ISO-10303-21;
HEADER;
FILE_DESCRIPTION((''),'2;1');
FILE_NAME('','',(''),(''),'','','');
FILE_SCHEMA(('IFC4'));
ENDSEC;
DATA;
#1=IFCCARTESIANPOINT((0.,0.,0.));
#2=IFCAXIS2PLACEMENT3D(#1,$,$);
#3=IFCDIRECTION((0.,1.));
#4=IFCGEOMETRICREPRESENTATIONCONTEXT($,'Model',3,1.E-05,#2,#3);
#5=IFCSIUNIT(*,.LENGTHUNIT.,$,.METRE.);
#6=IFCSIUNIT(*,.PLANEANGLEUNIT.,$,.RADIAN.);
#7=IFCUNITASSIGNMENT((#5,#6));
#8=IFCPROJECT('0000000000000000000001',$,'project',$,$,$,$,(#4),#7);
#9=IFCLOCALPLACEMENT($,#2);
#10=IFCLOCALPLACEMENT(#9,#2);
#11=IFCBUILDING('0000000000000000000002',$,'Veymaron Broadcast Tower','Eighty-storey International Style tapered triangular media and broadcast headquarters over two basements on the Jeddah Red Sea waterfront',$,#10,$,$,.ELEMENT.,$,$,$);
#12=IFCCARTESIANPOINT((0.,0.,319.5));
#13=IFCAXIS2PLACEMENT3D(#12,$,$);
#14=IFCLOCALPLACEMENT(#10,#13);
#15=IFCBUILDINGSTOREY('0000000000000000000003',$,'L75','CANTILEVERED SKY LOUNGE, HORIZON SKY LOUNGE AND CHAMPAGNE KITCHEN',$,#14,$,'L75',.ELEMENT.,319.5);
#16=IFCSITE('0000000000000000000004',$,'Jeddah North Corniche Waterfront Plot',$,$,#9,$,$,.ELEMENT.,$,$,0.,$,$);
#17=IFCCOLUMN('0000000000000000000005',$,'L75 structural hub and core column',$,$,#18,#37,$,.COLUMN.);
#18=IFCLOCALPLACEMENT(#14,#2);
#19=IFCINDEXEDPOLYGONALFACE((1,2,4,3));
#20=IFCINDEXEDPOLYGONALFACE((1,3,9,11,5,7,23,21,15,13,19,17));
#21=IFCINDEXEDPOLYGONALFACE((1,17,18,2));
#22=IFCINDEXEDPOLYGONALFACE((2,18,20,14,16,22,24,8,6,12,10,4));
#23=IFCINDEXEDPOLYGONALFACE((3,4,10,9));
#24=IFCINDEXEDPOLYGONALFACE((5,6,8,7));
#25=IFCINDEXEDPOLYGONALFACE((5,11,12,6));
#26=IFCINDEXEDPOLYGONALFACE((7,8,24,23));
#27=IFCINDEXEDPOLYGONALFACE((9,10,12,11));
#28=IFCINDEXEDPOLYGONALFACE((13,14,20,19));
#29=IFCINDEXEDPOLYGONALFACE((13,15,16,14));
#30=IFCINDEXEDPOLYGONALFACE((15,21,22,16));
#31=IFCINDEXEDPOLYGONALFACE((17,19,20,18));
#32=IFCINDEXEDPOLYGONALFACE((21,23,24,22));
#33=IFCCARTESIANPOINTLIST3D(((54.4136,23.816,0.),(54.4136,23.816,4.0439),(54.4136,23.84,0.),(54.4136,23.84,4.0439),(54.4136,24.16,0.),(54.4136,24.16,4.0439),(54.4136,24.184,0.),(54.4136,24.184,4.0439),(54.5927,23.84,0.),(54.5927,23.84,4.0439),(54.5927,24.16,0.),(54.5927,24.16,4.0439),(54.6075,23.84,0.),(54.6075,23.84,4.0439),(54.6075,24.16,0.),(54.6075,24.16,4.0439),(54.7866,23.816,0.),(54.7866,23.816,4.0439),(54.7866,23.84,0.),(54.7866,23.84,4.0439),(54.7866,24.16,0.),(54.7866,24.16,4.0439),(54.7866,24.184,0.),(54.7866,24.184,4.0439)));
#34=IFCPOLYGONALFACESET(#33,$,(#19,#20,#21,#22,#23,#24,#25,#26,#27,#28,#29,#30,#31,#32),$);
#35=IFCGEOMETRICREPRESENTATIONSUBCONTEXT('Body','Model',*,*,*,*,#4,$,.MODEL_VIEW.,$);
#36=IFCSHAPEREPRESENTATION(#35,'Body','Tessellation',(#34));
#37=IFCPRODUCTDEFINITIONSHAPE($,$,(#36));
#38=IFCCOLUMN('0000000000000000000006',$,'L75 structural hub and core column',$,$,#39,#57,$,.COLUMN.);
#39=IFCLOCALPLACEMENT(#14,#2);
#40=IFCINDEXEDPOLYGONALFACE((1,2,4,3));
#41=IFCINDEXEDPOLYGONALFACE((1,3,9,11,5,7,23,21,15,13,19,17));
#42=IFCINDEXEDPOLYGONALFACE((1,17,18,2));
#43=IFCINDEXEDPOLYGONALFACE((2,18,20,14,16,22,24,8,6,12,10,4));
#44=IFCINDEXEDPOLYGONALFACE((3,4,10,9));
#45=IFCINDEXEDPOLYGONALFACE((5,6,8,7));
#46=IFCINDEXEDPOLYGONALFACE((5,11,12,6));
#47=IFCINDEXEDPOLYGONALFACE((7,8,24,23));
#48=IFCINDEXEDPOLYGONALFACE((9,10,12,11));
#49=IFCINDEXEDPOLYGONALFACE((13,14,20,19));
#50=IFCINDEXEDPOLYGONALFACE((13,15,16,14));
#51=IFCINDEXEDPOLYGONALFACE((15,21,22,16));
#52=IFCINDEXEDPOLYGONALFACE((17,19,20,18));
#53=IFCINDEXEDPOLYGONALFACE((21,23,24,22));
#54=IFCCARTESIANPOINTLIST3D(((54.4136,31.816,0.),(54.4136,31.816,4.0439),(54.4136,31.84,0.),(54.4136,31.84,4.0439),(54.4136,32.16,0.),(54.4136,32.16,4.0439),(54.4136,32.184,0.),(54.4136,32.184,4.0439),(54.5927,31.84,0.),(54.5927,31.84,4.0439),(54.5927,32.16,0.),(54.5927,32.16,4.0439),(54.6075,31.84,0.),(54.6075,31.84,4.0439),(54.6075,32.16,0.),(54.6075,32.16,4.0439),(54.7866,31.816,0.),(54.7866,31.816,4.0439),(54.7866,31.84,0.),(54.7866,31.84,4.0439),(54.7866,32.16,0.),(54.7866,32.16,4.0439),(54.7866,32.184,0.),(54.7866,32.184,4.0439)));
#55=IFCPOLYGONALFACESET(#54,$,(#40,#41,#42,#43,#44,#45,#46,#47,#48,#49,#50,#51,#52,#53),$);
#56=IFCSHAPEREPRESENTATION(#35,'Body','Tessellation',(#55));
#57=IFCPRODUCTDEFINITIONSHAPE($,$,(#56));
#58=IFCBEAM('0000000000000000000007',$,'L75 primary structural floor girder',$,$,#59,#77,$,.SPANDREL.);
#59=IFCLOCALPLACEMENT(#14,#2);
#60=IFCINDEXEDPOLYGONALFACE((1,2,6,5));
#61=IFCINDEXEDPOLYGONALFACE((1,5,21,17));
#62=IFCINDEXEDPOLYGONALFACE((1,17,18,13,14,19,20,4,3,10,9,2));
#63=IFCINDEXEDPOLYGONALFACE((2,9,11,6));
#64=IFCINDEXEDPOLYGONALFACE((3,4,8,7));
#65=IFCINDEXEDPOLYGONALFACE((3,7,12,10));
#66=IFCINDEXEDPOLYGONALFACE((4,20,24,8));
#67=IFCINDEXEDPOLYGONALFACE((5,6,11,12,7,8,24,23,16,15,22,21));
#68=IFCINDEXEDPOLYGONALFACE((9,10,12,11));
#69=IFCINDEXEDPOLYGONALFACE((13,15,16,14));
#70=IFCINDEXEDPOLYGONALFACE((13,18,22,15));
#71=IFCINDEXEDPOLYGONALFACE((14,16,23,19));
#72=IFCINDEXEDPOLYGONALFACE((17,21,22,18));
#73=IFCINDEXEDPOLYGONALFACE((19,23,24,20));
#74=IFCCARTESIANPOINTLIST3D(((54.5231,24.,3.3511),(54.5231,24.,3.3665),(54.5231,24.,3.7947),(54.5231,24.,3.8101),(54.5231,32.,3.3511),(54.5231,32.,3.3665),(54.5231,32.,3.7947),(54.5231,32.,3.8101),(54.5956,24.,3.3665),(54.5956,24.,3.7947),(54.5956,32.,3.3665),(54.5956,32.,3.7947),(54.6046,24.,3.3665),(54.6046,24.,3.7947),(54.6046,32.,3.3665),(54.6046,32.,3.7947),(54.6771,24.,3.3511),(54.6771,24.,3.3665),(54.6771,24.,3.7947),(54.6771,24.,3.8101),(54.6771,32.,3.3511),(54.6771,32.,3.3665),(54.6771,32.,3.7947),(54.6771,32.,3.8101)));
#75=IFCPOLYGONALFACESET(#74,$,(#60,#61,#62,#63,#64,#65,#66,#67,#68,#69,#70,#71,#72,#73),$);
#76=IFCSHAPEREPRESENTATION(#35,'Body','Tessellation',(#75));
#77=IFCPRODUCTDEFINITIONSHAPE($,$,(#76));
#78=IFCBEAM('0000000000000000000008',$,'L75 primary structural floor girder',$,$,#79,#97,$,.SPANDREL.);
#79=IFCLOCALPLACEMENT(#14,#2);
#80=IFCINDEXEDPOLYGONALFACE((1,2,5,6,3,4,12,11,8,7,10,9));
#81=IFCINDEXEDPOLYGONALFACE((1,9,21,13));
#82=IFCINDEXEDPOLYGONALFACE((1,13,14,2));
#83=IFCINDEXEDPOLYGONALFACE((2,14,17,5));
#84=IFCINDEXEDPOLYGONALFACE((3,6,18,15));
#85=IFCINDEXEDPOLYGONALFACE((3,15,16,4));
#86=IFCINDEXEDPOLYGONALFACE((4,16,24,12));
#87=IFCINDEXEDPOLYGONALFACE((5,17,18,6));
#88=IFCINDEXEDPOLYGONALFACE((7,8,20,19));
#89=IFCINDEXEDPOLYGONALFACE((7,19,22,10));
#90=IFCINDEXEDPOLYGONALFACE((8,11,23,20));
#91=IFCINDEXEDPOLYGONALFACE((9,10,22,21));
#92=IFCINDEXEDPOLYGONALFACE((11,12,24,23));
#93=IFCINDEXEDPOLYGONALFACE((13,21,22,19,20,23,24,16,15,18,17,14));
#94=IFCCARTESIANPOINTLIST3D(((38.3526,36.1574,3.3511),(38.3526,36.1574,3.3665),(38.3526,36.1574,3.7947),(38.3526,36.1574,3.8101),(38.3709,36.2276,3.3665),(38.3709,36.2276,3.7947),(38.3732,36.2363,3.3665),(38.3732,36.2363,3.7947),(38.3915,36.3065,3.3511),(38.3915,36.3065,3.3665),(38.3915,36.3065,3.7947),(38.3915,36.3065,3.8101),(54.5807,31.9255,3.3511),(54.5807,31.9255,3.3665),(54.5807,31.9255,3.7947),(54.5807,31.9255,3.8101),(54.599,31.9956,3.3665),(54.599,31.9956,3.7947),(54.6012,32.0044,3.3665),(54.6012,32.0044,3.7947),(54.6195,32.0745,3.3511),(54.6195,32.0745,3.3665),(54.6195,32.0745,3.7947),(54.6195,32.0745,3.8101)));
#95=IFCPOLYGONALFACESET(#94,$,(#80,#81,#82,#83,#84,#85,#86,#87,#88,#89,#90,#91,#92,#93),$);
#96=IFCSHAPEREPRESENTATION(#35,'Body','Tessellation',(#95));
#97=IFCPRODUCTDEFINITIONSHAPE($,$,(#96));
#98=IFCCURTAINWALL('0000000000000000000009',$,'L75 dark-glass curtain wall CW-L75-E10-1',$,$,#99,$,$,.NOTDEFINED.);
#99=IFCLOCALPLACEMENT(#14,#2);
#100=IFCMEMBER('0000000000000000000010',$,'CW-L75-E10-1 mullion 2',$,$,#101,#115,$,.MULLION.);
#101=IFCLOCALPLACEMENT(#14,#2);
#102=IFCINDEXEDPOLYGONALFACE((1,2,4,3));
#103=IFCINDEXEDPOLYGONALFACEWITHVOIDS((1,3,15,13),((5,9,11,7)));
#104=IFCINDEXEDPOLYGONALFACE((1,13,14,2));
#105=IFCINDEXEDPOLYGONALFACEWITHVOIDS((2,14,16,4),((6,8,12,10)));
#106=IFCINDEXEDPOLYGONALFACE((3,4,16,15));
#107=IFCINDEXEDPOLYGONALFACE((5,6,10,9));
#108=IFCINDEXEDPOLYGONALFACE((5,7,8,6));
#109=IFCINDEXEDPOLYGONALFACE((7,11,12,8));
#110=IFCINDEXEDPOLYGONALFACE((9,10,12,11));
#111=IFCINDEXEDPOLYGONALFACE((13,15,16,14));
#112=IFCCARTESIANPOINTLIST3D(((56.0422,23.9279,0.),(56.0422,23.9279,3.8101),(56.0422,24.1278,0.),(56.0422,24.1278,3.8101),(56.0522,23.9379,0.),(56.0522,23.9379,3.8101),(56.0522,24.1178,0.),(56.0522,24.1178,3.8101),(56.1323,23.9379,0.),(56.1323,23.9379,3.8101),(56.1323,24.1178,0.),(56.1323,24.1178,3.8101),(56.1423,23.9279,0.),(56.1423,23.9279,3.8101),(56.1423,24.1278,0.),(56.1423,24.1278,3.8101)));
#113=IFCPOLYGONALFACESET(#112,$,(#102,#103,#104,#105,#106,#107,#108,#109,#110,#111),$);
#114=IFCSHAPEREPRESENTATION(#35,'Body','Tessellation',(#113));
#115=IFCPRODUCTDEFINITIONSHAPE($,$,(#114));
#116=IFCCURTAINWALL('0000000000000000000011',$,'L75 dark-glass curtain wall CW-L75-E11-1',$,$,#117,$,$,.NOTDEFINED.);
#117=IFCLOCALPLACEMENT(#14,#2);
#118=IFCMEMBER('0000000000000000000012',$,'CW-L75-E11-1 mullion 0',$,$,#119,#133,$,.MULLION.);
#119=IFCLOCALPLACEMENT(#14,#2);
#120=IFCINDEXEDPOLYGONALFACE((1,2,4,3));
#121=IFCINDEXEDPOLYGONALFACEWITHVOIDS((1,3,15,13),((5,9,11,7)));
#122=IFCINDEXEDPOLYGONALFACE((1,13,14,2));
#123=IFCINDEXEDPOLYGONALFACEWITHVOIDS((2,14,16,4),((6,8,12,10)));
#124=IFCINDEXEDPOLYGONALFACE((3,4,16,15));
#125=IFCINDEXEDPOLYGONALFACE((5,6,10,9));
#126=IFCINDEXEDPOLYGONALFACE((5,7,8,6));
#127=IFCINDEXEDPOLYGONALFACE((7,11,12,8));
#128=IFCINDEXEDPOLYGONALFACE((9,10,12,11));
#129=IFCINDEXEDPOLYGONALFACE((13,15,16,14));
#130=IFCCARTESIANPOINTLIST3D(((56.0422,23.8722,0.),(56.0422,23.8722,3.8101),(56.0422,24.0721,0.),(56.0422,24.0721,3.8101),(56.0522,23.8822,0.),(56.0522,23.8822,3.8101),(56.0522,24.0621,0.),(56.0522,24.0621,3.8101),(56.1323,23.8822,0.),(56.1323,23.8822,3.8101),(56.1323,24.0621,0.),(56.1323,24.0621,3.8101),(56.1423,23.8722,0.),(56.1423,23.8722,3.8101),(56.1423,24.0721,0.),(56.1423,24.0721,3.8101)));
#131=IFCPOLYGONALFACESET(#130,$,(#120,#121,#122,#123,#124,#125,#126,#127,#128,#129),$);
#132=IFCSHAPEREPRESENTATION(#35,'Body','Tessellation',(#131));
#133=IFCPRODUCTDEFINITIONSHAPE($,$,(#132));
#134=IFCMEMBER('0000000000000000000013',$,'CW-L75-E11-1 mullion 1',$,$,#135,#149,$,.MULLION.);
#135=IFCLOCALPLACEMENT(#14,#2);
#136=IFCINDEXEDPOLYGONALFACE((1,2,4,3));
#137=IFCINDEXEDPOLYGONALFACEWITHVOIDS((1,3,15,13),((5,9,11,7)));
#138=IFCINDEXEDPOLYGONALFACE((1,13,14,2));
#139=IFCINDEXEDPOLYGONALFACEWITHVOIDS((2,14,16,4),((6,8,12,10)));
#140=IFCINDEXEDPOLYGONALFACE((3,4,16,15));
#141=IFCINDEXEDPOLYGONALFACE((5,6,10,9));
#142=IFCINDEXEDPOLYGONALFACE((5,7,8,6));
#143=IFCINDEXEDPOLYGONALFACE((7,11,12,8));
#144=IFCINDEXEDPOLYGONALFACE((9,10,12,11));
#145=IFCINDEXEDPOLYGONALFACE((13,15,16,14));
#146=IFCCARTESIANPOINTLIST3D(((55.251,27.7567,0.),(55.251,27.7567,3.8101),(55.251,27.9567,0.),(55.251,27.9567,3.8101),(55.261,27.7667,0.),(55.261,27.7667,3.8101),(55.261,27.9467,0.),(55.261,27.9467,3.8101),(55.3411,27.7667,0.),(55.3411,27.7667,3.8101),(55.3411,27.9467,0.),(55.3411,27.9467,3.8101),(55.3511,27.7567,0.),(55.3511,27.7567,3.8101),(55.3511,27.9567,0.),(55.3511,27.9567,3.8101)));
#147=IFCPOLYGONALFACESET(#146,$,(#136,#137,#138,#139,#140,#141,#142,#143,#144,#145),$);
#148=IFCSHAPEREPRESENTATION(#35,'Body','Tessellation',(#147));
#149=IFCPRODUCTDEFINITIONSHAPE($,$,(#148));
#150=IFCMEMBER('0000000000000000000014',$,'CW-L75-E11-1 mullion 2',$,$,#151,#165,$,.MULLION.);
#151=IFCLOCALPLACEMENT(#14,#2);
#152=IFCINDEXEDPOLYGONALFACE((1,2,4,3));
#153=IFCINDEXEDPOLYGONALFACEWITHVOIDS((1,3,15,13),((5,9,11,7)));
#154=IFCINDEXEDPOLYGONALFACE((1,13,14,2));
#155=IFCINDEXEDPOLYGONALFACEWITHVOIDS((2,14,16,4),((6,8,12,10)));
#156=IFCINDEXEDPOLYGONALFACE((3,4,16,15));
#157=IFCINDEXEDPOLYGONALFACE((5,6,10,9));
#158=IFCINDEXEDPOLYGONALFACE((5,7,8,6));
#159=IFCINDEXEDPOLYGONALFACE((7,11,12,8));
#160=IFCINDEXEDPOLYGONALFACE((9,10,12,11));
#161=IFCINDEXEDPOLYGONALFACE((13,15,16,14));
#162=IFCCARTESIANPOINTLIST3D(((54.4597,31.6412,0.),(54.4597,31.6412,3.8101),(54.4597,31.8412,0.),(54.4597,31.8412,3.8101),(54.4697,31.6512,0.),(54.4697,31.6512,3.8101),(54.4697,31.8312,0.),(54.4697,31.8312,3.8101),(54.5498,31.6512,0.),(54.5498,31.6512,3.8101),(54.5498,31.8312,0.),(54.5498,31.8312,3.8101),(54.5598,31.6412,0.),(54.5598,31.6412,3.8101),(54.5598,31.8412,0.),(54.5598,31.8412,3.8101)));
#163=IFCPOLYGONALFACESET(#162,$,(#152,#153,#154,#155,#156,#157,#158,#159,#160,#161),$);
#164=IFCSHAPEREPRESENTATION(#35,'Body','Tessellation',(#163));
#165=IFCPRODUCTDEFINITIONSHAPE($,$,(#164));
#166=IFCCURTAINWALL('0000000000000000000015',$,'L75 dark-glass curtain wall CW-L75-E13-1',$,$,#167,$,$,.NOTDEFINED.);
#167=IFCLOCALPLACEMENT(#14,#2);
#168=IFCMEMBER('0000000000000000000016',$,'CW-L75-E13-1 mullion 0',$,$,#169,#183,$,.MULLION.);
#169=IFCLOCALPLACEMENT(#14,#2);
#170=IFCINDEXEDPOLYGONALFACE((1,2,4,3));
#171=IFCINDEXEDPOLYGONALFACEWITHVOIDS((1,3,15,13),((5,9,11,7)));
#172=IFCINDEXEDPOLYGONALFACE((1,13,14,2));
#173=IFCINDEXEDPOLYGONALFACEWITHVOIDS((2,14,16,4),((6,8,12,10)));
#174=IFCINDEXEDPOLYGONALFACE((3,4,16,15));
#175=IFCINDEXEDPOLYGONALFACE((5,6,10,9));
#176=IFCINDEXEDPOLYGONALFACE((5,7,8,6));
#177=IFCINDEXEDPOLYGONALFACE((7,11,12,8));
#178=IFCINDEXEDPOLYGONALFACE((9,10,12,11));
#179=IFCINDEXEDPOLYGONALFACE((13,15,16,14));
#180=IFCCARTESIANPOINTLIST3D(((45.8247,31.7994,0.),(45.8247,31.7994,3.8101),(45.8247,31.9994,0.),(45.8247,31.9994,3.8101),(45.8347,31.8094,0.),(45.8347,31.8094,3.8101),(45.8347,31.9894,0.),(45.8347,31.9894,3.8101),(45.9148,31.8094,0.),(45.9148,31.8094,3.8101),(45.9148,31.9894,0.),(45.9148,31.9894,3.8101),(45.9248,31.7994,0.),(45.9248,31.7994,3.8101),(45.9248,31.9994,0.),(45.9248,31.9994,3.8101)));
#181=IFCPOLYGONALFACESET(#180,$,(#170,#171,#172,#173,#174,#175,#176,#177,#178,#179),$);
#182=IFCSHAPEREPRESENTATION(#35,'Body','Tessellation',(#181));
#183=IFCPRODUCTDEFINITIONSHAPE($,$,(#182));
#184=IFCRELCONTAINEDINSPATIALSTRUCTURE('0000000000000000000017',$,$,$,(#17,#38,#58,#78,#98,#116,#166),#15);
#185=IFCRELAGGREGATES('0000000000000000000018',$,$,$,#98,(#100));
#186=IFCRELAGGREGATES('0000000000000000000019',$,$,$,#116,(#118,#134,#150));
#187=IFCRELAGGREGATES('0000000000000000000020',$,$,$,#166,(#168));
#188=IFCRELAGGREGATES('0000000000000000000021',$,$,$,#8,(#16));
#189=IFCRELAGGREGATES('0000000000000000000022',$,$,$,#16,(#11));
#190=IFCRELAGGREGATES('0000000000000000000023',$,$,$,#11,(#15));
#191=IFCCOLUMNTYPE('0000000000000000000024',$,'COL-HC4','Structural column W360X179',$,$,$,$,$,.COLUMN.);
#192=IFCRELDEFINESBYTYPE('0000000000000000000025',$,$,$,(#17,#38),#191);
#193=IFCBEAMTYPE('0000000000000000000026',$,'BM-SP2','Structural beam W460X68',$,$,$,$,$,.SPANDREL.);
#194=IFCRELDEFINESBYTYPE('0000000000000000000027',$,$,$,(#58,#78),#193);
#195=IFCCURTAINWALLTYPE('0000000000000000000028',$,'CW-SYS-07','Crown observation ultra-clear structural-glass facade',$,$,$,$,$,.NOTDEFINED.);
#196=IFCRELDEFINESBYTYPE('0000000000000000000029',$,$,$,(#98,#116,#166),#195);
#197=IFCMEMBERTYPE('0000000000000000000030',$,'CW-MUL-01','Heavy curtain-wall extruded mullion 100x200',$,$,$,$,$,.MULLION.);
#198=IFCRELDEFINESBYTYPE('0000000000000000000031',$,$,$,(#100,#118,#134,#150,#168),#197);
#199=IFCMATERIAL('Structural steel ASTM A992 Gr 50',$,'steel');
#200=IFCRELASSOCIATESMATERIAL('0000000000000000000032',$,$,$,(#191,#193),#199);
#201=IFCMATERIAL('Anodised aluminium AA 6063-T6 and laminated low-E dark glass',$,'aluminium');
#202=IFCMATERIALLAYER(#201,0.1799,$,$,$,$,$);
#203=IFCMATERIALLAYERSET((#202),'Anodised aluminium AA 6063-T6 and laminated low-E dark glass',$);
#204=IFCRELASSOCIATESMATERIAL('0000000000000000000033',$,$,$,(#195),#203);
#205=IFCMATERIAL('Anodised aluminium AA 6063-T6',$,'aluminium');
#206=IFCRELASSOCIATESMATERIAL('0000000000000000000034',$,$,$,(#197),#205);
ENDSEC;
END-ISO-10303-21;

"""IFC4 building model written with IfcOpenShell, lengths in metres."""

from ifc_helpers import new_model, si_unit, direction, frame, origin, origin_2d, place, context, subcontext, project, spatial, hollow_rectangle, i_section, extrude, material, layer, layer_set, material_profile, profile_set, type_object, element, aggregate, save


model = new_model("IFC4")

# Units and contexts
model_context = context("Model", 3, precision=1e-05, world=origin(), true_north=direction((0.0, 1.0)))
body_context = subcontext(model_context, "Body", "Model", "MODEL_VIEW")
ifc_project = project(units=[si_unit("LENGTHUNIT", "METRE"), si_unit("PLANEANGLEUNIT", "RADIAN")], contexts=[model_context])

# Site, building, storey
site_placement = place(None, origin())
site = spatial("IfcSite", under=ifc_project, at=site_placement, Name="Jeddah North Corniche Waterfront Plot", CompositionType="ELEMENT", RefElevation=0.0)
building_placement = place(site_placement, origin())
building = spatial("IfcBuilding", under=site, at=building_placement, Name="Veymaron Broadcast Tower", Description="Eighty-storey International Style tapered triangular media and broadcast headquarters over two basements on the Jeddah Red Sea waterfront", CompositionType="ELEMENT")
storey_placement = place(building_placement, frame((0.0, 0.0, 319.5)))
storey = spatial("IfcBuildingStorey", under=building, at=storey_placement, Name="L75", Description="CANTILEVERED SKY LOUNGE, HORIZON SKY LOUNGE AND CHAMPAGNE KITCHEN", LongName="L75", CompositionType="ELEMENT", Elevation=319.5)

# Columns
ifc_material_1 = material(Name="Structural steel ASTM A992 Gr 50", Category="steel")
ifc_material_profile_1 = material_profile(ifc_material_1, i_section(OverallWidth=0.373, OverallDepth=0.3679, WebThickness=0.0149, FlangeThickness=0.0239, at=origin_2d()), Name="W360X179")
ifc_profile_set_1 = profile_set([ifc_material_profile_1], Name="Structural steel ASTM A992 Gr 50")
column_type = type_object("IfcColumnType", Name="COL-HC4", Description="Structural column W360X179", PredefinedType="COLUMN", material=ifc_profile_set_1)
for number, where, z_axis, x_axis, name in (
    (1, (54.6001, 24.0, 0.0), (0.0, 0.0, 1.0), (1.0, 0.0, 0.0), "L75 structural hub and core column"),
    (2, (54.6001, 32.0, 0.0), (0.0, 0.0, 1.0), (1.0, 0.0, 0.0), "L75 structural hub and core column"),
):
    element("IfcColumn", number, at=place(storey_placement, frame(where, z_axis=z_axis, x_axis=x_axis)), inside=storey, type_object=column_type, Name=name, PredefinedType="COLUMN", context=body_context, shape_type="SweptSolid", body=[
        extrude(i_section(OverallWidth=0.373, OverallDepth=0.3679, WebThickness=0.0149, FlangeThickness=0.0239, at=origin_2d()), origin(), (0.0, 0.0, 1.0), 4.0439),
    ])

# Beams
ifc_material_profile_2 = material_profile(ifc_material_1, i_section(OverallWidth=0.1541, OverallDepth=0.459, WebThickness=0.009, FlangeThickness=0.0154, at=origin_2d()), Name="W460X68")
ifc_profile_set_2 = profile_set([ifc_material_profile_2], Name="Structural steel ASTM A992 Gr 50")
beam_type = type_object("IfcBeamType", Name="BM-SP2", Description="Structural beam W460X68", PredefinedType="SPANDREL", material=ifc_profile_set_2)
beam_1_placement = place(storey_placement, frame((54.6001, 24.0, 3.5806), z_axis=(0.0, 1.0, 0.0), x_axis=(-1.0, 0.0, 0.0)))
element("IfcBeam", 3, at=beam_1_placement, inside=storey, type_object=beam_type, Name="L75 primary structural floor girder", PredefinedType="SPANDREL", context=body_context, shape_type="SweptSolid", body=[
    extrude(i_section(OverallWidth=0.1541, OverallDepth=0.459, WebThickness=0.009, FlangeThickness=0.0154, at=origin_2d()), origin(), (0.0, 0.0, 1.0), 8.0),
])
beam_2_placement = place(storey_placement, frame((54.6001, 32.0, 3.5806), z_axis=(-0.967639, 0.25234, 0.0), x_axis=(-0.25234, -0.967639, 0.0)))
element("IfcBeam", 4, at=beam_2_placement, inside=storey, type_object=beam_type, Name="L75 primary structural floor girder", PredefinedType="SPANDREL", context=body_context, shape_type="SweptSolid", body=[
    extrude(i_section(OverallWidth=0.1541, OverallDepth=0.459, WebThickness=0.009, FlangeThickness=0.0154, at=origin_2d()), origin(), (0.0, 0.0, 1.0), 16.7708),
])

# Curtain wall, member
ifc_material_2 = material(Name="Anodised aluminium AA 6063-T6 and laminated low-E dark glass", Category="aluminium")
ifc_layer_1 = layer(ifc_material_2, 0.1799)
ifc_layer_set_1 = layer_set([ifc_layer_1], Name="Anodised aluminium AA 6063-T6 and laminated low-E dark glass")
curtain_wall_type = type_object("IfcCurtainWallType", Name="CW-SYS-07", Description="Crown observation ultra-clear structural-glass facade", PredefinedType="NOTDEFINED", material=ifc_layer_set_1)
curtain_wall_1_placement = place(storey_placement, origin())
curtain_wall_1 = element("IfcCurtainWall", 5, at=curtain_wall_1_placement, inside=storey, type_object=curtain_wall_type, Name="L75 dark-glass curtain wall CW-L75-E10-1", PredefinedType="NOTDEFINED")
ifc_material_3 = material(Name="Anodised aluminium AA 6063-T6", Category="aluminium")
ifc_material_profile_3 = material_profile(ifc_material_3, hollow_rectangle(XDim=0.1001, YDim=0.2, WallThickness=0.01, at=origin_2d()), Name="RHS200X100X10")
ifc_profile_set_3 = profile_set([ifc_material_profile_3], Name="Anodised aluminium AA 6063-T6")
member_type_1 = type_object("IfcMemberType", Name="CW-MUL-01", Description="Heavy curtain-wall extruded mullion 100x200", PredefinedType="MULLION", material=ifc_profile_set_3)
member_1_placement = place(storey_placement, frame((56.0923, 24.0278, 0.0), z_axis=(0.0, 0.0, 1.0), x_axis=(1.0, 0.0, 0.0)))
member_1 = element("IfcMember", 6, at=member_1_placement, type_object=member_type_1, Name="CW-L75-E10-1 mullion 2", PredefinedType="MULLION", context=body_context, shape_type="SweptSolid", body=[
    extrude(hollow_rectangle(XDim=0.1001, YDim=0.2, WallThickness=0.01, at=origin_2d()), origin(), (0.0, 0.0, 1.0), 3.8101),
])
aggregate(curtain_wall_1, [member_1])

# Curtain wall, members
curtain_wall_2_placement = place(storey_placement, origin())
curtain_wall_2 = element("IfcCurtainWall", 7, at=curtain_wall_2_placement, inside=storey, type_object=curtain_wall_type, Name="L75 dark-glass curtain wall CW-L75-E11-1", PredefinedType="NOTDEFINED")
member_2_placement = place(storey_placement, frame((56.0923, 23.9722, 0.0), z_axis=(0.0, 0.0, 1.0), x_axis=(1.0, 0.0, 0.0)))
member_2 = element("IfcMember", 8, at=member_2_placement, type_object=member_type_1, Name="CW-L75-E11-1 mullion 0", PredefinedType="MULLION", context=body_context, shape_type="SweptSolid", body=[
    extrude(hollow_rectangle(XDim=0.1001, YDim=0.2, WallThickness=0.01, at=origin_2d()), origin(), (0.0, 0.0, 1.0), 3.8101),
])
member_3_placement = place(storey_placement, frame((55.301, 27.8567, 0.0), z_axis=(0.0, 0.0, 1.0), x_axis=(1.0, 0.0, 0.0)))
member_3 = element("IfcMember", 9, at=member_3_placement, type_object=member_type_1, Name="CW-L75-E11-1 mullion 1", PredefinedType="MULLION", context=body_context, shape_type="SweptSolid", body=[
    extrude(hollow_rectangle(XDim=0.1001, YDim=0.2, WallThickness=0.01, at=origin_2d()), origin(), (0.0, 0.0, 1.0), 3.8101),
])
member_4_placement = place(storey_placement, frame((54.5098, 31.7412, 0.0), z_axis=(0.0, 0.0, 1.0), x_axis=(1.0, 0.0, 0.0)))
member_4 = element("IfcMember", 10, at=member_4_placement, type_object=member_type_1, Name="CW-L75-E11-1 mullion 2", PredefinedType="MULLION", context=body_context, shape_type="SweptSolid", body=[
    extrude(hollow_rectangle(XDim=0.1001, YDim=0.2, WallThickness=0.01, at=origin_2d()), origin(), (0.0, 0.0, 1.0), 3.8101),
])

# Curtain wall, member
curtain_wall_3_placement = place(storey_placement, origin())
curtain_wall_3 = element("IfcCurtainWall", 11, at=curtain_wall_3_placement, inside=storey, type_object=curtain_wall_type, Name="L75 dark-glass curtain wall CW-L75-E13-1", PredefinedType="NOTDEFINED")
member_5_placement = place(storey_placement, frame((45.8748, 31.8994, 0.0), z_axis=(0.0, 0.0, 1.0), x_axis=(1.0, 0.0, 0.0)))
member_5 = element("IfcMember", 12, at=member_5_placement, type_object=member_type_1, Name="CW-L75-E13-1 mullion 0", PredefinedType="MULLION", context=body_context, shape_type="SweptSolid", body=[
    extrude(hollow_rectangle(XDim=0.1001, YDim=0.2, WallThickness=0.01, at=origin_2d()), origin(), (0.0, 0.0, 1.0), 3.8101),
])

aggregate(curtain_wall_2, [member_2, member_3, member_4])
aggregate(curtain_wall_3, [member_5])

save(model, "model.ifc")
